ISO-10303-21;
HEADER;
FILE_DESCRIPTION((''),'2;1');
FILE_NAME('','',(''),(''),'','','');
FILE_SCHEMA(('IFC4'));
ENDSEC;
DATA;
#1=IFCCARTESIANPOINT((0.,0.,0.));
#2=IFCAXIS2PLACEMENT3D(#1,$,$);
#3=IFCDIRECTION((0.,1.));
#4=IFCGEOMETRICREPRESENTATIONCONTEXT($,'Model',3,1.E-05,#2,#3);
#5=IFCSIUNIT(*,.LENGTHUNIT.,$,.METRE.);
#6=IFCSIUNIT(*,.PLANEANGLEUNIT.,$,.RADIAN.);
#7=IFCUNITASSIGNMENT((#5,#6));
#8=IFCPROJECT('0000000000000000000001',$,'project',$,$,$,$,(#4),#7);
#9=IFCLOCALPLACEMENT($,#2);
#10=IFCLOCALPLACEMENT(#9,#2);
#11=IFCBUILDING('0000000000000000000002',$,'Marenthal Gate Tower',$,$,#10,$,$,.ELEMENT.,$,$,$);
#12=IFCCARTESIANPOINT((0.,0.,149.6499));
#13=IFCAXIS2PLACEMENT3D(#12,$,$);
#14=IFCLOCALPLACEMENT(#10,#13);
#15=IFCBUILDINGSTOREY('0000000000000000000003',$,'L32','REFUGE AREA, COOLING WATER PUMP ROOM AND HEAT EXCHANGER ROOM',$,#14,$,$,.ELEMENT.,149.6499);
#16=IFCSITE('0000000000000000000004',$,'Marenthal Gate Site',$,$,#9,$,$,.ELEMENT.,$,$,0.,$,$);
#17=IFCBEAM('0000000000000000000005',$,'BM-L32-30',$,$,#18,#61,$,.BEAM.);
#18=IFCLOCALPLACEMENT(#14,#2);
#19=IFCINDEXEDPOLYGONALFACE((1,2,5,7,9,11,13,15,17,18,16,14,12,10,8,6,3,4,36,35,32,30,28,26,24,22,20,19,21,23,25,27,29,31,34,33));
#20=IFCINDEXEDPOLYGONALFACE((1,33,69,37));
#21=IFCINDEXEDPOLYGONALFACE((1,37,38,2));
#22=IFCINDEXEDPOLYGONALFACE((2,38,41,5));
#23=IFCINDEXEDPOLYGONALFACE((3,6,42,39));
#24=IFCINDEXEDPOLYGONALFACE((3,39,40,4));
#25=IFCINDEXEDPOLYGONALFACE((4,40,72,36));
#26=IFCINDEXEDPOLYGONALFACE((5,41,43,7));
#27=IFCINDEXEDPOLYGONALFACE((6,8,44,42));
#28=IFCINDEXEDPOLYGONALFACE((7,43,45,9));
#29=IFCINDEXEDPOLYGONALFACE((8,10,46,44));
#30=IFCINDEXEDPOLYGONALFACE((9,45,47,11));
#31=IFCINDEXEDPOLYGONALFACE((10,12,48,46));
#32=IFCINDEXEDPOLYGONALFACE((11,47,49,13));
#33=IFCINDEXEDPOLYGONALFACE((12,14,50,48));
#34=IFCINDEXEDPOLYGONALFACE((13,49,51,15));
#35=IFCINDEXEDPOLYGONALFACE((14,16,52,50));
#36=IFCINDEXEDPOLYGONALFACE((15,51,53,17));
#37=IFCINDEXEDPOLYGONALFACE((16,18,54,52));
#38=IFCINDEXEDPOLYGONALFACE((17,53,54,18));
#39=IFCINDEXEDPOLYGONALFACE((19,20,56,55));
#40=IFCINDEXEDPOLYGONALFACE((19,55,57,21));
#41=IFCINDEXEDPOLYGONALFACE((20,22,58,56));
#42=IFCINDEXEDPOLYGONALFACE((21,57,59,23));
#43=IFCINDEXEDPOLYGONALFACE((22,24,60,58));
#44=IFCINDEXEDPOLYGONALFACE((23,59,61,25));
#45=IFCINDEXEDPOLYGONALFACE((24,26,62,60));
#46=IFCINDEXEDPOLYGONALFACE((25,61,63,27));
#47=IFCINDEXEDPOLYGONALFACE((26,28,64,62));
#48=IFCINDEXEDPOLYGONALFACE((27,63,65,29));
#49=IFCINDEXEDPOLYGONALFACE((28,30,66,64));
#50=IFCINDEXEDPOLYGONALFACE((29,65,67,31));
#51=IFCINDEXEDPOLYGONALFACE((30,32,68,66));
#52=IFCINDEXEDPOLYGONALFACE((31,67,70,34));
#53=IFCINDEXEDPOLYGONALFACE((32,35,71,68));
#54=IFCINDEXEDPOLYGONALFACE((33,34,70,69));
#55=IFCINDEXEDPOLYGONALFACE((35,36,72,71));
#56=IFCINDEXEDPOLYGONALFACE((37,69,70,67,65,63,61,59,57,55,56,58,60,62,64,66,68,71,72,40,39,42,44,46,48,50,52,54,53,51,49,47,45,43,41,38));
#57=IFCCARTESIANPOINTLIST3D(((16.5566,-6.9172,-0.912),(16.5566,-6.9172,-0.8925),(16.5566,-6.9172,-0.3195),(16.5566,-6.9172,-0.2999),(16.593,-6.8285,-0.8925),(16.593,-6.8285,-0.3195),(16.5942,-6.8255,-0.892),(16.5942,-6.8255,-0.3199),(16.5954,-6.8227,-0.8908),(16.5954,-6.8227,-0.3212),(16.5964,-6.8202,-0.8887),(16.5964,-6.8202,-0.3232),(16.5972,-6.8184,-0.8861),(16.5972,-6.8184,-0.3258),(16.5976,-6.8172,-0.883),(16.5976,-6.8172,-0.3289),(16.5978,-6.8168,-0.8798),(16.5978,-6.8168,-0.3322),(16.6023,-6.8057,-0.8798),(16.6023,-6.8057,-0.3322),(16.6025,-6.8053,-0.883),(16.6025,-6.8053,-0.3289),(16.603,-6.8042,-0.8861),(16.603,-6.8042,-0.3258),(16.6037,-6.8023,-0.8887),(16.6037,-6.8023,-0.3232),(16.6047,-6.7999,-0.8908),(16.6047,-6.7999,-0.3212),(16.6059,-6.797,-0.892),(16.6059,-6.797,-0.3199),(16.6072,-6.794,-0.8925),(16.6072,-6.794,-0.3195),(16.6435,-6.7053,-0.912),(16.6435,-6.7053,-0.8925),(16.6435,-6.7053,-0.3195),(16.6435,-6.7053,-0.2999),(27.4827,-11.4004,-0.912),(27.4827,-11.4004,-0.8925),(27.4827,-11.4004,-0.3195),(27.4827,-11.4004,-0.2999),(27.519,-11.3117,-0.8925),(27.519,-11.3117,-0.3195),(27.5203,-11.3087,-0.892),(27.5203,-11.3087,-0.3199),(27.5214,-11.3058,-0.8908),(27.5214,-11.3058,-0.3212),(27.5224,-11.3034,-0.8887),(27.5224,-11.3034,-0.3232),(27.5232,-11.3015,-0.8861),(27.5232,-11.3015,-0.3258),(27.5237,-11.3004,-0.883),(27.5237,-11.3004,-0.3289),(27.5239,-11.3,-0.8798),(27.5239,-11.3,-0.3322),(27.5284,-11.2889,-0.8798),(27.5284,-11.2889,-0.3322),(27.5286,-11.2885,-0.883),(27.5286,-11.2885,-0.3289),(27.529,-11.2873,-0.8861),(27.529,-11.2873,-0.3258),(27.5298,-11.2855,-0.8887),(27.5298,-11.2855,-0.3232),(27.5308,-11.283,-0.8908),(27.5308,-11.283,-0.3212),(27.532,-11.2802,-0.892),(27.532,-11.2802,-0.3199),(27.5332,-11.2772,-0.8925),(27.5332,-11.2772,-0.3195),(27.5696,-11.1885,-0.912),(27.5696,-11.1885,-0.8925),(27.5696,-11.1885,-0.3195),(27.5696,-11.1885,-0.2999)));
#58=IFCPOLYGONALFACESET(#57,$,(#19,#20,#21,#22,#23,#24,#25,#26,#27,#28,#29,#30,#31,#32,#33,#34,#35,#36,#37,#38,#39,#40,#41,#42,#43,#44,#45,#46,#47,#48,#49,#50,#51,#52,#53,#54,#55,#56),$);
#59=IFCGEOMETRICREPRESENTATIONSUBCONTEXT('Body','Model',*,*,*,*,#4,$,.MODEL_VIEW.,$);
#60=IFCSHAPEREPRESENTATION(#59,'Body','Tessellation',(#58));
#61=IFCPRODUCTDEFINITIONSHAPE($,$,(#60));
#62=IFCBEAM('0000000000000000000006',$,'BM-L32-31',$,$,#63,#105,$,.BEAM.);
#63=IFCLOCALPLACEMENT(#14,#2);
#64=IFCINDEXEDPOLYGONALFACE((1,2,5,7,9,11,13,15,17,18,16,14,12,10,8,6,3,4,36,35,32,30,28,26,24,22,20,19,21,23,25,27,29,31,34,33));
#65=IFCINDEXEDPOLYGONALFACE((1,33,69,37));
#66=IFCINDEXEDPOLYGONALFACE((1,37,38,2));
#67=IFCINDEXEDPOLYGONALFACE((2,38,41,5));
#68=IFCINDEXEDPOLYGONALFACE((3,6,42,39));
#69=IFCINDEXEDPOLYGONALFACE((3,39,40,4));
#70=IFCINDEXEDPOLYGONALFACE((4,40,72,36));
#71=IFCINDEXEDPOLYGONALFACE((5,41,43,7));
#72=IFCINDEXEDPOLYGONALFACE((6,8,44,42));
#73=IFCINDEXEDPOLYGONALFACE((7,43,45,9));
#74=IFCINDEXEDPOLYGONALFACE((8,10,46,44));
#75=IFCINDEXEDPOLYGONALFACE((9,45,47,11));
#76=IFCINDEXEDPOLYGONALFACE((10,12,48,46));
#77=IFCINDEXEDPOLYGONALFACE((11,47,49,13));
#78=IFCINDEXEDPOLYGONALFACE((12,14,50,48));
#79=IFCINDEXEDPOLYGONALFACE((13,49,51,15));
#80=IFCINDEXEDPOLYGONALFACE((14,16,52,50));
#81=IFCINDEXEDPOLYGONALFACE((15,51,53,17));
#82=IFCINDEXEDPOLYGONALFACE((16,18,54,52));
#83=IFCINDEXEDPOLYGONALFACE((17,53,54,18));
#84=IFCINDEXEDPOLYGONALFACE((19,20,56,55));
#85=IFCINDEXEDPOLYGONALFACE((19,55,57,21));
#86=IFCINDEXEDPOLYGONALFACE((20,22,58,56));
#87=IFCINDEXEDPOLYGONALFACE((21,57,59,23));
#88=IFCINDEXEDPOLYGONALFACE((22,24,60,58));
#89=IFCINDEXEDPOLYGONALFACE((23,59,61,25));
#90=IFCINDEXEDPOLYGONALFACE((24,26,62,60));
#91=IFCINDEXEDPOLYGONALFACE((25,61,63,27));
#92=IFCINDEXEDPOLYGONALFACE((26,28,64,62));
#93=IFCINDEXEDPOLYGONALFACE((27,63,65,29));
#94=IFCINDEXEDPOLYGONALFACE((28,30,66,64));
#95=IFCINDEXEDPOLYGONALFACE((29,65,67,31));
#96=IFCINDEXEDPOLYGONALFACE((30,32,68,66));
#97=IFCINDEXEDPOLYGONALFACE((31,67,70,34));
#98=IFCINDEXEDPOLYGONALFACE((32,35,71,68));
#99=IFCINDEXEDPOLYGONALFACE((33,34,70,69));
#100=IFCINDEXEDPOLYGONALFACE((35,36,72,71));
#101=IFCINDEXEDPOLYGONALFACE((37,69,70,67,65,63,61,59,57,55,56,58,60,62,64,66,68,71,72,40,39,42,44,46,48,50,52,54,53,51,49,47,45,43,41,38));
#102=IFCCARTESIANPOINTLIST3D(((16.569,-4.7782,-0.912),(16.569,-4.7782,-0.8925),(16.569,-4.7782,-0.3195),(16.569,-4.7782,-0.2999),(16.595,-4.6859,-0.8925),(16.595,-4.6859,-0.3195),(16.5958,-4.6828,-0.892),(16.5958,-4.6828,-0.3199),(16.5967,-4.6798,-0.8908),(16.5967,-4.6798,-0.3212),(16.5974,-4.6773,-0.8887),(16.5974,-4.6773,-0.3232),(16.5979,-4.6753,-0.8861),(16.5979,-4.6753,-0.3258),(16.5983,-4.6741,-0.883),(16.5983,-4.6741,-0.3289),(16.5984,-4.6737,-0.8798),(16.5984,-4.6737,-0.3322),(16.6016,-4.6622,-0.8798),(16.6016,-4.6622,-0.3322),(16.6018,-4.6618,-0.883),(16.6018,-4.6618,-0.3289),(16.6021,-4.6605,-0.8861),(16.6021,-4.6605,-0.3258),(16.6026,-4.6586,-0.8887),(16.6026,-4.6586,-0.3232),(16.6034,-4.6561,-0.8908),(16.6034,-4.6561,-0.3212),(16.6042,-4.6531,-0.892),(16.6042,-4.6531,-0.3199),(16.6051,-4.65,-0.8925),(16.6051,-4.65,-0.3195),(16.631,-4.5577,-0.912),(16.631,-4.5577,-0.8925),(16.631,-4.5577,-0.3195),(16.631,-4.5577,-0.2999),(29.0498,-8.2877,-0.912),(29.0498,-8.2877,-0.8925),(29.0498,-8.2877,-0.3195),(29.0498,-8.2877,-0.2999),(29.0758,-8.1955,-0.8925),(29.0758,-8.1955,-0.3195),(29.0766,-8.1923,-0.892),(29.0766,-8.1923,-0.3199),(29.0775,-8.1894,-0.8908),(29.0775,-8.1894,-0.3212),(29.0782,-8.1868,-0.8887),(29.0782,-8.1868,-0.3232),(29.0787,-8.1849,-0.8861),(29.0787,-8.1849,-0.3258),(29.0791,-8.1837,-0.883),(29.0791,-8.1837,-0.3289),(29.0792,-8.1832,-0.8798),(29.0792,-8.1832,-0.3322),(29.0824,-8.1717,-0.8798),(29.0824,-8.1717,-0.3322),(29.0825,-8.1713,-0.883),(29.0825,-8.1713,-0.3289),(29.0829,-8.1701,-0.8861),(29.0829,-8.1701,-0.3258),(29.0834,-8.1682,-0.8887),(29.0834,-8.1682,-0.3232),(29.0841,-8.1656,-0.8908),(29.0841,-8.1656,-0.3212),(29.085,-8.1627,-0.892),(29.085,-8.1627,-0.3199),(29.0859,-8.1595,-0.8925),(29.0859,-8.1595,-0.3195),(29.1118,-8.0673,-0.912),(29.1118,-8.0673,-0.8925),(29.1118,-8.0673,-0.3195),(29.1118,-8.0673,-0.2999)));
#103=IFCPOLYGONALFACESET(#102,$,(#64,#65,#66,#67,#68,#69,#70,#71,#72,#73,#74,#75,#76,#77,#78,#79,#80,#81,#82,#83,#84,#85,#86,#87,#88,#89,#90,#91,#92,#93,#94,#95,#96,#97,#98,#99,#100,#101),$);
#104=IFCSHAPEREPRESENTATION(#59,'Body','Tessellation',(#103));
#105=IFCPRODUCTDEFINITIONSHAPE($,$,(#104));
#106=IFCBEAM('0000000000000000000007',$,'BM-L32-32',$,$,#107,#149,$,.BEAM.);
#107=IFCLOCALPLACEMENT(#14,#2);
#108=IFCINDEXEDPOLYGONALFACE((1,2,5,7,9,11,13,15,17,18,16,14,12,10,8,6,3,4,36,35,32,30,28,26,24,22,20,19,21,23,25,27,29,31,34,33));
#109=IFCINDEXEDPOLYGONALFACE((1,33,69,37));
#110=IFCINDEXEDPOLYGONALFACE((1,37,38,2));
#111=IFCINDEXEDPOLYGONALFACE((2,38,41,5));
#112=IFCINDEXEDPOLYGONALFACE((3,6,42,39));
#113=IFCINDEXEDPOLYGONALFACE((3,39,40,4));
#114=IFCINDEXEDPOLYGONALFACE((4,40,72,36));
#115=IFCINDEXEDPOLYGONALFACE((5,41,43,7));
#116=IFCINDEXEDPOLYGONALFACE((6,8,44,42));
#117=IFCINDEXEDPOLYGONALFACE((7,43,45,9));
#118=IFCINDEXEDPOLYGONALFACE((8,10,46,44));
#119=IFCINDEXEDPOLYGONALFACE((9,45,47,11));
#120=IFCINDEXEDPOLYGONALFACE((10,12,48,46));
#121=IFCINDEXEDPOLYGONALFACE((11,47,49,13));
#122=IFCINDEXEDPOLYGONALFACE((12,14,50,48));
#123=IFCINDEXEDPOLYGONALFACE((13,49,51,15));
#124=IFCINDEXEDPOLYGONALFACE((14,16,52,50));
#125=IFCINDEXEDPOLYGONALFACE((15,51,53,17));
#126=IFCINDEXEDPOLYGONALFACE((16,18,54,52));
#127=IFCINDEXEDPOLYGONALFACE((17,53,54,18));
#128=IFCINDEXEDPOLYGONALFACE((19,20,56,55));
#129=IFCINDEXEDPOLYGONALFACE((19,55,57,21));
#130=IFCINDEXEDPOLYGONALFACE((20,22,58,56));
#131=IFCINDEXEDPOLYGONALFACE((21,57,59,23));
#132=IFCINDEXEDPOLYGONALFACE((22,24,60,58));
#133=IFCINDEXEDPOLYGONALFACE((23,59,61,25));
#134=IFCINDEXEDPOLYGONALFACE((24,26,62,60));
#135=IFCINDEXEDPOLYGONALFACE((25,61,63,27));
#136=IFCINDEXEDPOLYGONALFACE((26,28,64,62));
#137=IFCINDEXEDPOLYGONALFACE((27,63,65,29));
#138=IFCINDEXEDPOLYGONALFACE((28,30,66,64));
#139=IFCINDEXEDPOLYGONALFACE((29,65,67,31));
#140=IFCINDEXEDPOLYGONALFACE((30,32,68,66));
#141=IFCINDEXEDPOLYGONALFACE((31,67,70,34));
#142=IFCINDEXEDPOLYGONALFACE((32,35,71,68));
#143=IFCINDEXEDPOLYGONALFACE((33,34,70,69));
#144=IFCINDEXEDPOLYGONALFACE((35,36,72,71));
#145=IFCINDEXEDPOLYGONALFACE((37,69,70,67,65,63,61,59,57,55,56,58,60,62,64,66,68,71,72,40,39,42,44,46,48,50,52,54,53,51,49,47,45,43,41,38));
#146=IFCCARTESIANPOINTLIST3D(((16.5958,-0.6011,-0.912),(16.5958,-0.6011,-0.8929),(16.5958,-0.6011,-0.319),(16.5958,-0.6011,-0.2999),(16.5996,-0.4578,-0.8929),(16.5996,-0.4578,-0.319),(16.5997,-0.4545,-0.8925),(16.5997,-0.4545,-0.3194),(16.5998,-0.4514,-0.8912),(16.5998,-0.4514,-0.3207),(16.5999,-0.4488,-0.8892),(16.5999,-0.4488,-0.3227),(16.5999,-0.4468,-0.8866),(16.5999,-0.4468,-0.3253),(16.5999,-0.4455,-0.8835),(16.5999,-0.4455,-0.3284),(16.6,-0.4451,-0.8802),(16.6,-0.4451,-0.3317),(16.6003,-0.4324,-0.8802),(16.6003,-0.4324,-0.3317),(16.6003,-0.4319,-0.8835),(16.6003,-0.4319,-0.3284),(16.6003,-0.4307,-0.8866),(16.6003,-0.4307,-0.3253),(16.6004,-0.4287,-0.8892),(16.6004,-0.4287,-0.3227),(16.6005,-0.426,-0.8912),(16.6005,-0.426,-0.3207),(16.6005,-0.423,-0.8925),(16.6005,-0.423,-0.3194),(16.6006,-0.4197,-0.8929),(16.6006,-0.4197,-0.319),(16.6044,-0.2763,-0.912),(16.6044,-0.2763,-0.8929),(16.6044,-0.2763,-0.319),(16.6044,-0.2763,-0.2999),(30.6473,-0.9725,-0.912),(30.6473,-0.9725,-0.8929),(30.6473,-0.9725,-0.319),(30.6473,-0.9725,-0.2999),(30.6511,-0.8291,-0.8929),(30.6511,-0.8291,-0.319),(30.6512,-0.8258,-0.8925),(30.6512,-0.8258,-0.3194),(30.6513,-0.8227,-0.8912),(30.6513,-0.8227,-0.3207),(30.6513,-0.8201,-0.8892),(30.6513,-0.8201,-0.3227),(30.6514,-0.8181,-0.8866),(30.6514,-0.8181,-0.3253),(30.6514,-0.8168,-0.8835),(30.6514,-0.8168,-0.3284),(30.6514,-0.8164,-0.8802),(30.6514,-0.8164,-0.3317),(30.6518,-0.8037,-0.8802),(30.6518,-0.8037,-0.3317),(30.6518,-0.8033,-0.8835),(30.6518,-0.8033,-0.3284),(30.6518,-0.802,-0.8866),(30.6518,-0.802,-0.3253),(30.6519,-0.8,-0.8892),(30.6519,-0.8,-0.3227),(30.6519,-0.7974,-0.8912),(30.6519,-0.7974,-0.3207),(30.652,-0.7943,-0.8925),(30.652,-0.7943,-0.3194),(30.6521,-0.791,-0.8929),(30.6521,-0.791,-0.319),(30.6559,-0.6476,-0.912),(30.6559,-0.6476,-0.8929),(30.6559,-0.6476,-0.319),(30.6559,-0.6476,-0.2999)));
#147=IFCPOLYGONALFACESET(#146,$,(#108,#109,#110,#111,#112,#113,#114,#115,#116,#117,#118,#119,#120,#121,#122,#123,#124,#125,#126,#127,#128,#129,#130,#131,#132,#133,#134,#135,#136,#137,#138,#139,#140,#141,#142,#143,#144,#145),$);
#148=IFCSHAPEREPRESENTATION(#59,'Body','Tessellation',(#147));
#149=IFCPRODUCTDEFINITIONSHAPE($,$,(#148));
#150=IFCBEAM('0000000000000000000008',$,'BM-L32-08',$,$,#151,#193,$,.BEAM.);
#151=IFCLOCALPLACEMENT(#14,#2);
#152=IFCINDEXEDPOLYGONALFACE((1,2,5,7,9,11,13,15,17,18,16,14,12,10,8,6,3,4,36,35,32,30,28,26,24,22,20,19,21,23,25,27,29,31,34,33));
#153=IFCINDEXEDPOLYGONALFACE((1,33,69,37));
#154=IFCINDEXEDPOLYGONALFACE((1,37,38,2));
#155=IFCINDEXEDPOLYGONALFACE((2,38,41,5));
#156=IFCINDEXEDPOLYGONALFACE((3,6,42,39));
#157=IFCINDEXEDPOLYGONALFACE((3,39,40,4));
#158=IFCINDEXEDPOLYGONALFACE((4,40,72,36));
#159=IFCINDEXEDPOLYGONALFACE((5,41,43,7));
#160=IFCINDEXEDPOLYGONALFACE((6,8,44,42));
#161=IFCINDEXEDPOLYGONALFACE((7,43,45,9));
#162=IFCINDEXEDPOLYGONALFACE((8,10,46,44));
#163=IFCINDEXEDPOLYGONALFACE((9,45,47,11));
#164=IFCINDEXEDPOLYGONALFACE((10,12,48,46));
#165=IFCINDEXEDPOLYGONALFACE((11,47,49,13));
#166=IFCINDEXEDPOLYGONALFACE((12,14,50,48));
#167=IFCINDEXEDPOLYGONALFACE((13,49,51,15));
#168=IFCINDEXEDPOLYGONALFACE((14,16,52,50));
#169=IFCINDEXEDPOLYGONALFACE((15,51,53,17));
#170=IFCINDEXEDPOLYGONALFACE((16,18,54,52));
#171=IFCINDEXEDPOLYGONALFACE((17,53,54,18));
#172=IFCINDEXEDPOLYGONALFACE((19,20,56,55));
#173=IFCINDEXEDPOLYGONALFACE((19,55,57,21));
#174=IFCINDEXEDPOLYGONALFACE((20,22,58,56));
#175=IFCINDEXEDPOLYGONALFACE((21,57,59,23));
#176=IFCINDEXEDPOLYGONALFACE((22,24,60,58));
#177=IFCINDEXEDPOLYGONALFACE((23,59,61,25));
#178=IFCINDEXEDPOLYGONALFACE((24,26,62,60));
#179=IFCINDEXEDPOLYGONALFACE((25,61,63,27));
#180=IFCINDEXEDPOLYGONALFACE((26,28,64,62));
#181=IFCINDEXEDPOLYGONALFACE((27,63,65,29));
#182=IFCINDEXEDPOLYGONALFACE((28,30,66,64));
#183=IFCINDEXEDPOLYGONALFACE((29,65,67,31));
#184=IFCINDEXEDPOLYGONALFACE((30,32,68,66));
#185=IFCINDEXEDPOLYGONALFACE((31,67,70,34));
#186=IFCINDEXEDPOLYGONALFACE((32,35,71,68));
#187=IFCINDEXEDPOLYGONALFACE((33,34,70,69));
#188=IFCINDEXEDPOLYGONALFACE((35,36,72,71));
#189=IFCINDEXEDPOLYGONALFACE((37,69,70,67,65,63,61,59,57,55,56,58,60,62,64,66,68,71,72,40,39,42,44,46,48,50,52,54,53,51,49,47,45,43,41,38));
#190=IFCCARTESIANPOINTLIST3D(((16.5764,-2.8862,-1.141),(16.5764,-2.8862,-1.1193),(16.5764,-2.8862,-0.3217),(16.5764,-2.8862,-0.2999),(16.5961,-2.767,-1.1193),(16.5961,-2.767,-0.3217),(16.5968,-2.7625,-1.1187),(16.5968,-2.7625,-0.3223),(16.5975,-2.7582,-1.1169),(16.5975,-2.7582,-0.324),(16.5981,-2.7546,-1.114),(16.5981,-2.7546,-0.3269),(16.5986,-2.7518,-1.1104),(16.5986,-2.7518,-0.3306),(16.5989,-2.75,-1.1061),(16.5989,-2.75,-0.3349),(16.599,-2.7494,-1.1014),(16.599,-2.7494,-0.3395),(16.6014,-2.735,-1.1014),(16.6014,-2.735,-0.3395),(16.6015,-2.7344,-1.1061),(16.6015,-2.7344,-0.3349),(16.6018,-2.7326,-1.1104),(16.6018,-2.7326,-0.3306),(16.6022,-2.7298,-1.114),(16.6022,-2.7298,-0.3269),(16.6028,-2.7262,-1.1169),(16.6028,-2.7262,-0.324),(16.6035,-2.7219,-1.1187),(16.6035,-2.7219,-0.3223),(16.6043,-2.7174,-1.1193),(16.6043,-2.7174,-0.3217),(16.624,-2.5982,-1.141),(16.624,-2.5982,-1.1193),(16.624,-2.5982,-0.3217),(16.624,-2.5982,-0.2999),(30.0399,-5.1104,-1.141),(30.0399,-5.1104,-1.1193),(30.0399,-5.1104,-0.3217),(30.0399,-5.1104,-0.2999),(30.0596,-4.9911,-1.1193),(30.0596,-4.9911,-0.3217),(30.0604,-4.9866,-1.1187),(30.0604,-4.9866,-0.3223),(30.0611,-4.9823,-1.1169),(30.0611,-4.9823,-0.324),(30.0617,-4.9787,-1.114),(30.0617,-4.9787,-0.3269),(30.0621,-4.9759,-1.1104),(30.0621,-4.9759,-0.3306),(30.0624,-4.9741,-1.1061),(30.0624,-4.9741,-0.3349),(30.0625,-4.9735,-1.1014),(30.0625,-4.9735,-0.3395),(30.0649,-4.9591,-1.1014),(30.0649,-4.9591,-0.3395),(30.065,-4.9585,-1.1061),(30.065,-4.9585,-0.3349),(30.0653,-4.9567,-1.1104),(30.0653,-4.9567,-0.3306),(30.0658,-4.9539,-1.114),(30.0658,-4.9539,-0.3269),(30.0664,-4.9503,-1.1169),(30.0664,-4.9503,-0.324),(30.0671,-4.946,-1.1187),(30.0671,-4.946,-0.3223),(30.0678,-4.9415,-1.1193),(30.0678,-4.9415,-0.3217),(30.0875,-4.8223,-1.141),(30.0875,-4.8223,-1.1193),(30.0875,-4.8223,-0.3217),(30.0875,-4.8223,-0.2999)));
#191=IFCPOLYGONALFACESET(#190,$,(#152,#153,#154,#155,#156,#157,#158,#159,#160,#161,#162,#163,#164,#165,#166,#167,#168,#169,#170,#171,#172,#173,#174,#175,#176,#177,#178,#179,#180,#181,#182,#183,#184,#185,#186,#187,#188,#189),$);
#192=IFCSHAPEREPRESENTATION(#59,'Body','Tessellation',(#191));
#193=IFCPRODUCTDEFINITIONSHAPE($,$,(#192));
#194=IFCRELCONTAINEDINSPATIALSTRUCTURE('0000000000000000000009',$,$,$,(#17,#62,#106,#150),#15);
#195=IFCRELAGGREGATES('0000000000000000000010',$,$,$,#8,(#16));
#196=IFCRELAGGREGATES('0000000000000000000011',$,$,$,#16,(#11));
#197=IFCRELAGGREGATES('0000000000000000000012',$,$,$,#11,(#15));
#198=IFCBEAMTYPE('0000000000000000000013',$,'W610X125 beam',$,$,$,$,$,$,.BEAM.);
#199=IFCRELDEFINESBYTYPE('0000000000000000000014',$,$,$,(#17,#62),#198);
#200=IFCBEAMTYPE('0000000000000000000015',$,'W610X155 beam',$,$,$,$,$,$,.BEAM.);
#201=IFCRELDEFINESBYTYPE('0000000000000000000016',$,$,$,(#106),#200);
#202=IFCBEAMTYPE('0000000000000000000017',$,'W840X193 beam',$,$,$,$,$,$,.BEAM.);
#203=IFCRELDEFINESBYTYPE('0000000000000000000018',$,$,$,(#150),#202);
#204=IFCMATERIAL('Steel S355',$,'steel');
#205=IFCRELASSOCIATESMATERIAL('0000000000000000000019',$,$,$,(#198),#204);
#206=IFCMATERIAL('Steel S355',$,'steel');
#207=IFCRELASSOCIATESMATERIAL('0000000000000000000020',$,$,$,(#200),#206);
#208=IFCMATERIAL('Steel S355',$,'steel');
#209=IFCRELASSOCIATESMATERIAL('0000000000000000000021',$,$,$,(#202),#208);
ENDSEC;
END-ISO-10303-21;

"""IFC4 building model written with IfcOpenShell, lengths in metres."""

from ifc_helpers import new_model, si_unit, direction, frame, origin, origin_2d, place, context, subcontext, project, spatial, i_section, extrude, material, material_profile, profile_set, type_object, element, save


model = new_model("IFC4")

# Units and contexts
model_context = context("Model", 3, precision=1e-05, world=origin(), true_north=direction((0.0, 1.0)))
body_context = subcontext(model_context, "Body", "Model", "MODEL_VIEW")
ifc_project = project(units=[si_unit("LENGTHUNIT", "METRE"), si_unit("PLANEANGLEUNIT", "RADIAN")], contexts=[model_context])

# Site, building, storey
site_placement = place(None, origin())
site = spatial("IfcSite", under=ifc_project, at=site_placement, Name="Marenthal Gate Site", CompositionType="ELEMENT", RefElevation=0.0)
building_placement = place(site_placement, origin())
building = spatial("IfcBuilding", under=site, at=building_placement, Name="Marenthal Gate Tower", CompositionType="ELEMENT")
storey_placement = place(building_placement, frame((0.0, 0.0, 149.6499)))
storey = spatial("IfcBuildingStorey", under=building, at=storey_placement, Name="L32", Description="REFUGE AREA, COOLING WATER PUMP ROOM AND HEAT EXCHANGER ROOM", CompositionType="ELEMENT", Elevation=149.6499)

# Beams
ifc_material_1 = material(Name="Steel S355", Category="steel")
ifc_material_profile_1 = material_profile(ifc_material_1, i_section(OverallWidth=0.229, OverallDepth=0.6121, WebThickness=0.012, FlangeThickness=0.0195, FilletRadius=0.0127, at=origin_2d()), Name="W610X125")
ifc_profile_set_1 = profile_set([ifc_material_profile_1], Name="Steel S355")
beam_type_1 = type_object("IfcBeamType", Name="W610X125 beam", PredefinedType="BEAM", material=ifc_profile_set_1)
beam_1_placement = place(storey_placement, frame((27.5261, -11.2944, -0.606), z_axis=(-0.925148, 0.379606, 0.0), x_axis=(-0.379606, -0.925148, 0.0)))
element("IfcBeam", 1, at=beam_1_placement, inside=storey, type_object=beam_type_1, Name="BM-L32-30", PredefinedType="BEAM", context=body_context, shape_type="SweptSolid", body=[
    extrude(i_section(OverallWidth=0.229, OverallDepth=0.6121, WebThickness=0.012, FlangeThickness=0.0195, FilletRadius=0.0127, at=origin_2d()), origin(), (0.0, 0.0, 1.0), 11.8101),
])
beam_2_placement = place(storey_placement, frame((29.0808, -8.1775, -0.606), z_axis=(-0.962665, 0.270697, 0.0), x_axis=(-0.270697, -0.962665, 0.0)))
element("IfcBeam", 2, at=beam_2_placement, inside=storey, type_object=beam_type_1, Name="BM-L32-31", PredefinedType="BEAM", context=body_context, shape_type="SweptSolid", body=[
    extrude(i_section(OverallWidth=0.229, OverallDepth=0.6121, WebThickness=0.012, FlangeThickness=0.0195, FilletRadius=0.0127, at=origin_2d()), origin(), (0.0, 0.0, 1.0), 12.9648),
])
ifc_material_2 = material(Name="Steel S355", Category="steel")
ifc_material_profile_2 = material_profile(ifc_material_2, i_section(OverallWidth=0.325, OverallDepth=0.6121, WebThickness=0.0127, FlangeThickness=0.019, FilletRadius=0.0127, at=origin_2d()), Name="W610X155")
ifc_profile_set_2 = profile_set([ifc_material_profile_2], Name="Steel S355")
beam_type_2 = type_object("IfcBeamType", Name="W610X155 beam", PredefinedType="BEAM", material=ifc_profile_set_2)
beam_3_placement = place(storey_placement, frame((30.6516, -0.8101, -0.606), z_axis=(-0.999651, 0.026418, 0.0), x_axis=(-0.026418, -0.999651, 0.0)))
element("IfcBeam", 3, at=beam_3_placement, inside=storey, type_object=beam_type_2, Name="BM-L32-32", PredefinedType="BEAM", context=body_context, shape_type="SweptSolid", body=[
    extrude(i_section(OverallWidth=0.325, OverallDepth=0.6121, WebThickness=0.0127, FlangeThickness=0.019, FilletRadius=0.0127, at=origin_2d()), origin(), (0.0, 0.0, 1.0), 14.0564),
])
ifc_material_3 = material(Name="Steel S355", Category="steel")
ifc_material_profile_3 = material_profile(ifc_material_3, i_section(OverallWidth=0.292, OverallDepth=0.8411, WebThickness=0.0146, FlangeThickness=0.0217, FilletRadius=0.0178, at=origin_2d()), Name="W840X193")
ifc_profile_set_3 = profile_set([ifc_material_profile_3], Name="Steel S355")
beam_type_3 = type_object("IfcBeamType", Name="W840X193 beam", PredefinedType="BEAM", material=ifc_profile_set_3)
beam_4_placement = place(storey_placement, frame((30.0637, -4.9663, -0.7205), z_axis=(-0.986628, 0.162986, 0.0), x_axis=(-0.162986, -0.986628, 0.0)))
element("IfcBeam", 4, at=beam_4_placement, inside=storey, type_object=beam_type_3, Name="BM-L32-08", PredefinedType="BEAM", context=body_context, shape_type="SweptSolid", body=[
    extrude(i_section(OverallWidth=0.292, OverallDepth=0.8411, WebThickness=0.0146, FlangeThickness=0.0217, FilletRadius=0.0178, at=origin_2d()), origin(), (0.0, 0.0, 1.0), 13.646),
])

save(model, "model.ifc")
